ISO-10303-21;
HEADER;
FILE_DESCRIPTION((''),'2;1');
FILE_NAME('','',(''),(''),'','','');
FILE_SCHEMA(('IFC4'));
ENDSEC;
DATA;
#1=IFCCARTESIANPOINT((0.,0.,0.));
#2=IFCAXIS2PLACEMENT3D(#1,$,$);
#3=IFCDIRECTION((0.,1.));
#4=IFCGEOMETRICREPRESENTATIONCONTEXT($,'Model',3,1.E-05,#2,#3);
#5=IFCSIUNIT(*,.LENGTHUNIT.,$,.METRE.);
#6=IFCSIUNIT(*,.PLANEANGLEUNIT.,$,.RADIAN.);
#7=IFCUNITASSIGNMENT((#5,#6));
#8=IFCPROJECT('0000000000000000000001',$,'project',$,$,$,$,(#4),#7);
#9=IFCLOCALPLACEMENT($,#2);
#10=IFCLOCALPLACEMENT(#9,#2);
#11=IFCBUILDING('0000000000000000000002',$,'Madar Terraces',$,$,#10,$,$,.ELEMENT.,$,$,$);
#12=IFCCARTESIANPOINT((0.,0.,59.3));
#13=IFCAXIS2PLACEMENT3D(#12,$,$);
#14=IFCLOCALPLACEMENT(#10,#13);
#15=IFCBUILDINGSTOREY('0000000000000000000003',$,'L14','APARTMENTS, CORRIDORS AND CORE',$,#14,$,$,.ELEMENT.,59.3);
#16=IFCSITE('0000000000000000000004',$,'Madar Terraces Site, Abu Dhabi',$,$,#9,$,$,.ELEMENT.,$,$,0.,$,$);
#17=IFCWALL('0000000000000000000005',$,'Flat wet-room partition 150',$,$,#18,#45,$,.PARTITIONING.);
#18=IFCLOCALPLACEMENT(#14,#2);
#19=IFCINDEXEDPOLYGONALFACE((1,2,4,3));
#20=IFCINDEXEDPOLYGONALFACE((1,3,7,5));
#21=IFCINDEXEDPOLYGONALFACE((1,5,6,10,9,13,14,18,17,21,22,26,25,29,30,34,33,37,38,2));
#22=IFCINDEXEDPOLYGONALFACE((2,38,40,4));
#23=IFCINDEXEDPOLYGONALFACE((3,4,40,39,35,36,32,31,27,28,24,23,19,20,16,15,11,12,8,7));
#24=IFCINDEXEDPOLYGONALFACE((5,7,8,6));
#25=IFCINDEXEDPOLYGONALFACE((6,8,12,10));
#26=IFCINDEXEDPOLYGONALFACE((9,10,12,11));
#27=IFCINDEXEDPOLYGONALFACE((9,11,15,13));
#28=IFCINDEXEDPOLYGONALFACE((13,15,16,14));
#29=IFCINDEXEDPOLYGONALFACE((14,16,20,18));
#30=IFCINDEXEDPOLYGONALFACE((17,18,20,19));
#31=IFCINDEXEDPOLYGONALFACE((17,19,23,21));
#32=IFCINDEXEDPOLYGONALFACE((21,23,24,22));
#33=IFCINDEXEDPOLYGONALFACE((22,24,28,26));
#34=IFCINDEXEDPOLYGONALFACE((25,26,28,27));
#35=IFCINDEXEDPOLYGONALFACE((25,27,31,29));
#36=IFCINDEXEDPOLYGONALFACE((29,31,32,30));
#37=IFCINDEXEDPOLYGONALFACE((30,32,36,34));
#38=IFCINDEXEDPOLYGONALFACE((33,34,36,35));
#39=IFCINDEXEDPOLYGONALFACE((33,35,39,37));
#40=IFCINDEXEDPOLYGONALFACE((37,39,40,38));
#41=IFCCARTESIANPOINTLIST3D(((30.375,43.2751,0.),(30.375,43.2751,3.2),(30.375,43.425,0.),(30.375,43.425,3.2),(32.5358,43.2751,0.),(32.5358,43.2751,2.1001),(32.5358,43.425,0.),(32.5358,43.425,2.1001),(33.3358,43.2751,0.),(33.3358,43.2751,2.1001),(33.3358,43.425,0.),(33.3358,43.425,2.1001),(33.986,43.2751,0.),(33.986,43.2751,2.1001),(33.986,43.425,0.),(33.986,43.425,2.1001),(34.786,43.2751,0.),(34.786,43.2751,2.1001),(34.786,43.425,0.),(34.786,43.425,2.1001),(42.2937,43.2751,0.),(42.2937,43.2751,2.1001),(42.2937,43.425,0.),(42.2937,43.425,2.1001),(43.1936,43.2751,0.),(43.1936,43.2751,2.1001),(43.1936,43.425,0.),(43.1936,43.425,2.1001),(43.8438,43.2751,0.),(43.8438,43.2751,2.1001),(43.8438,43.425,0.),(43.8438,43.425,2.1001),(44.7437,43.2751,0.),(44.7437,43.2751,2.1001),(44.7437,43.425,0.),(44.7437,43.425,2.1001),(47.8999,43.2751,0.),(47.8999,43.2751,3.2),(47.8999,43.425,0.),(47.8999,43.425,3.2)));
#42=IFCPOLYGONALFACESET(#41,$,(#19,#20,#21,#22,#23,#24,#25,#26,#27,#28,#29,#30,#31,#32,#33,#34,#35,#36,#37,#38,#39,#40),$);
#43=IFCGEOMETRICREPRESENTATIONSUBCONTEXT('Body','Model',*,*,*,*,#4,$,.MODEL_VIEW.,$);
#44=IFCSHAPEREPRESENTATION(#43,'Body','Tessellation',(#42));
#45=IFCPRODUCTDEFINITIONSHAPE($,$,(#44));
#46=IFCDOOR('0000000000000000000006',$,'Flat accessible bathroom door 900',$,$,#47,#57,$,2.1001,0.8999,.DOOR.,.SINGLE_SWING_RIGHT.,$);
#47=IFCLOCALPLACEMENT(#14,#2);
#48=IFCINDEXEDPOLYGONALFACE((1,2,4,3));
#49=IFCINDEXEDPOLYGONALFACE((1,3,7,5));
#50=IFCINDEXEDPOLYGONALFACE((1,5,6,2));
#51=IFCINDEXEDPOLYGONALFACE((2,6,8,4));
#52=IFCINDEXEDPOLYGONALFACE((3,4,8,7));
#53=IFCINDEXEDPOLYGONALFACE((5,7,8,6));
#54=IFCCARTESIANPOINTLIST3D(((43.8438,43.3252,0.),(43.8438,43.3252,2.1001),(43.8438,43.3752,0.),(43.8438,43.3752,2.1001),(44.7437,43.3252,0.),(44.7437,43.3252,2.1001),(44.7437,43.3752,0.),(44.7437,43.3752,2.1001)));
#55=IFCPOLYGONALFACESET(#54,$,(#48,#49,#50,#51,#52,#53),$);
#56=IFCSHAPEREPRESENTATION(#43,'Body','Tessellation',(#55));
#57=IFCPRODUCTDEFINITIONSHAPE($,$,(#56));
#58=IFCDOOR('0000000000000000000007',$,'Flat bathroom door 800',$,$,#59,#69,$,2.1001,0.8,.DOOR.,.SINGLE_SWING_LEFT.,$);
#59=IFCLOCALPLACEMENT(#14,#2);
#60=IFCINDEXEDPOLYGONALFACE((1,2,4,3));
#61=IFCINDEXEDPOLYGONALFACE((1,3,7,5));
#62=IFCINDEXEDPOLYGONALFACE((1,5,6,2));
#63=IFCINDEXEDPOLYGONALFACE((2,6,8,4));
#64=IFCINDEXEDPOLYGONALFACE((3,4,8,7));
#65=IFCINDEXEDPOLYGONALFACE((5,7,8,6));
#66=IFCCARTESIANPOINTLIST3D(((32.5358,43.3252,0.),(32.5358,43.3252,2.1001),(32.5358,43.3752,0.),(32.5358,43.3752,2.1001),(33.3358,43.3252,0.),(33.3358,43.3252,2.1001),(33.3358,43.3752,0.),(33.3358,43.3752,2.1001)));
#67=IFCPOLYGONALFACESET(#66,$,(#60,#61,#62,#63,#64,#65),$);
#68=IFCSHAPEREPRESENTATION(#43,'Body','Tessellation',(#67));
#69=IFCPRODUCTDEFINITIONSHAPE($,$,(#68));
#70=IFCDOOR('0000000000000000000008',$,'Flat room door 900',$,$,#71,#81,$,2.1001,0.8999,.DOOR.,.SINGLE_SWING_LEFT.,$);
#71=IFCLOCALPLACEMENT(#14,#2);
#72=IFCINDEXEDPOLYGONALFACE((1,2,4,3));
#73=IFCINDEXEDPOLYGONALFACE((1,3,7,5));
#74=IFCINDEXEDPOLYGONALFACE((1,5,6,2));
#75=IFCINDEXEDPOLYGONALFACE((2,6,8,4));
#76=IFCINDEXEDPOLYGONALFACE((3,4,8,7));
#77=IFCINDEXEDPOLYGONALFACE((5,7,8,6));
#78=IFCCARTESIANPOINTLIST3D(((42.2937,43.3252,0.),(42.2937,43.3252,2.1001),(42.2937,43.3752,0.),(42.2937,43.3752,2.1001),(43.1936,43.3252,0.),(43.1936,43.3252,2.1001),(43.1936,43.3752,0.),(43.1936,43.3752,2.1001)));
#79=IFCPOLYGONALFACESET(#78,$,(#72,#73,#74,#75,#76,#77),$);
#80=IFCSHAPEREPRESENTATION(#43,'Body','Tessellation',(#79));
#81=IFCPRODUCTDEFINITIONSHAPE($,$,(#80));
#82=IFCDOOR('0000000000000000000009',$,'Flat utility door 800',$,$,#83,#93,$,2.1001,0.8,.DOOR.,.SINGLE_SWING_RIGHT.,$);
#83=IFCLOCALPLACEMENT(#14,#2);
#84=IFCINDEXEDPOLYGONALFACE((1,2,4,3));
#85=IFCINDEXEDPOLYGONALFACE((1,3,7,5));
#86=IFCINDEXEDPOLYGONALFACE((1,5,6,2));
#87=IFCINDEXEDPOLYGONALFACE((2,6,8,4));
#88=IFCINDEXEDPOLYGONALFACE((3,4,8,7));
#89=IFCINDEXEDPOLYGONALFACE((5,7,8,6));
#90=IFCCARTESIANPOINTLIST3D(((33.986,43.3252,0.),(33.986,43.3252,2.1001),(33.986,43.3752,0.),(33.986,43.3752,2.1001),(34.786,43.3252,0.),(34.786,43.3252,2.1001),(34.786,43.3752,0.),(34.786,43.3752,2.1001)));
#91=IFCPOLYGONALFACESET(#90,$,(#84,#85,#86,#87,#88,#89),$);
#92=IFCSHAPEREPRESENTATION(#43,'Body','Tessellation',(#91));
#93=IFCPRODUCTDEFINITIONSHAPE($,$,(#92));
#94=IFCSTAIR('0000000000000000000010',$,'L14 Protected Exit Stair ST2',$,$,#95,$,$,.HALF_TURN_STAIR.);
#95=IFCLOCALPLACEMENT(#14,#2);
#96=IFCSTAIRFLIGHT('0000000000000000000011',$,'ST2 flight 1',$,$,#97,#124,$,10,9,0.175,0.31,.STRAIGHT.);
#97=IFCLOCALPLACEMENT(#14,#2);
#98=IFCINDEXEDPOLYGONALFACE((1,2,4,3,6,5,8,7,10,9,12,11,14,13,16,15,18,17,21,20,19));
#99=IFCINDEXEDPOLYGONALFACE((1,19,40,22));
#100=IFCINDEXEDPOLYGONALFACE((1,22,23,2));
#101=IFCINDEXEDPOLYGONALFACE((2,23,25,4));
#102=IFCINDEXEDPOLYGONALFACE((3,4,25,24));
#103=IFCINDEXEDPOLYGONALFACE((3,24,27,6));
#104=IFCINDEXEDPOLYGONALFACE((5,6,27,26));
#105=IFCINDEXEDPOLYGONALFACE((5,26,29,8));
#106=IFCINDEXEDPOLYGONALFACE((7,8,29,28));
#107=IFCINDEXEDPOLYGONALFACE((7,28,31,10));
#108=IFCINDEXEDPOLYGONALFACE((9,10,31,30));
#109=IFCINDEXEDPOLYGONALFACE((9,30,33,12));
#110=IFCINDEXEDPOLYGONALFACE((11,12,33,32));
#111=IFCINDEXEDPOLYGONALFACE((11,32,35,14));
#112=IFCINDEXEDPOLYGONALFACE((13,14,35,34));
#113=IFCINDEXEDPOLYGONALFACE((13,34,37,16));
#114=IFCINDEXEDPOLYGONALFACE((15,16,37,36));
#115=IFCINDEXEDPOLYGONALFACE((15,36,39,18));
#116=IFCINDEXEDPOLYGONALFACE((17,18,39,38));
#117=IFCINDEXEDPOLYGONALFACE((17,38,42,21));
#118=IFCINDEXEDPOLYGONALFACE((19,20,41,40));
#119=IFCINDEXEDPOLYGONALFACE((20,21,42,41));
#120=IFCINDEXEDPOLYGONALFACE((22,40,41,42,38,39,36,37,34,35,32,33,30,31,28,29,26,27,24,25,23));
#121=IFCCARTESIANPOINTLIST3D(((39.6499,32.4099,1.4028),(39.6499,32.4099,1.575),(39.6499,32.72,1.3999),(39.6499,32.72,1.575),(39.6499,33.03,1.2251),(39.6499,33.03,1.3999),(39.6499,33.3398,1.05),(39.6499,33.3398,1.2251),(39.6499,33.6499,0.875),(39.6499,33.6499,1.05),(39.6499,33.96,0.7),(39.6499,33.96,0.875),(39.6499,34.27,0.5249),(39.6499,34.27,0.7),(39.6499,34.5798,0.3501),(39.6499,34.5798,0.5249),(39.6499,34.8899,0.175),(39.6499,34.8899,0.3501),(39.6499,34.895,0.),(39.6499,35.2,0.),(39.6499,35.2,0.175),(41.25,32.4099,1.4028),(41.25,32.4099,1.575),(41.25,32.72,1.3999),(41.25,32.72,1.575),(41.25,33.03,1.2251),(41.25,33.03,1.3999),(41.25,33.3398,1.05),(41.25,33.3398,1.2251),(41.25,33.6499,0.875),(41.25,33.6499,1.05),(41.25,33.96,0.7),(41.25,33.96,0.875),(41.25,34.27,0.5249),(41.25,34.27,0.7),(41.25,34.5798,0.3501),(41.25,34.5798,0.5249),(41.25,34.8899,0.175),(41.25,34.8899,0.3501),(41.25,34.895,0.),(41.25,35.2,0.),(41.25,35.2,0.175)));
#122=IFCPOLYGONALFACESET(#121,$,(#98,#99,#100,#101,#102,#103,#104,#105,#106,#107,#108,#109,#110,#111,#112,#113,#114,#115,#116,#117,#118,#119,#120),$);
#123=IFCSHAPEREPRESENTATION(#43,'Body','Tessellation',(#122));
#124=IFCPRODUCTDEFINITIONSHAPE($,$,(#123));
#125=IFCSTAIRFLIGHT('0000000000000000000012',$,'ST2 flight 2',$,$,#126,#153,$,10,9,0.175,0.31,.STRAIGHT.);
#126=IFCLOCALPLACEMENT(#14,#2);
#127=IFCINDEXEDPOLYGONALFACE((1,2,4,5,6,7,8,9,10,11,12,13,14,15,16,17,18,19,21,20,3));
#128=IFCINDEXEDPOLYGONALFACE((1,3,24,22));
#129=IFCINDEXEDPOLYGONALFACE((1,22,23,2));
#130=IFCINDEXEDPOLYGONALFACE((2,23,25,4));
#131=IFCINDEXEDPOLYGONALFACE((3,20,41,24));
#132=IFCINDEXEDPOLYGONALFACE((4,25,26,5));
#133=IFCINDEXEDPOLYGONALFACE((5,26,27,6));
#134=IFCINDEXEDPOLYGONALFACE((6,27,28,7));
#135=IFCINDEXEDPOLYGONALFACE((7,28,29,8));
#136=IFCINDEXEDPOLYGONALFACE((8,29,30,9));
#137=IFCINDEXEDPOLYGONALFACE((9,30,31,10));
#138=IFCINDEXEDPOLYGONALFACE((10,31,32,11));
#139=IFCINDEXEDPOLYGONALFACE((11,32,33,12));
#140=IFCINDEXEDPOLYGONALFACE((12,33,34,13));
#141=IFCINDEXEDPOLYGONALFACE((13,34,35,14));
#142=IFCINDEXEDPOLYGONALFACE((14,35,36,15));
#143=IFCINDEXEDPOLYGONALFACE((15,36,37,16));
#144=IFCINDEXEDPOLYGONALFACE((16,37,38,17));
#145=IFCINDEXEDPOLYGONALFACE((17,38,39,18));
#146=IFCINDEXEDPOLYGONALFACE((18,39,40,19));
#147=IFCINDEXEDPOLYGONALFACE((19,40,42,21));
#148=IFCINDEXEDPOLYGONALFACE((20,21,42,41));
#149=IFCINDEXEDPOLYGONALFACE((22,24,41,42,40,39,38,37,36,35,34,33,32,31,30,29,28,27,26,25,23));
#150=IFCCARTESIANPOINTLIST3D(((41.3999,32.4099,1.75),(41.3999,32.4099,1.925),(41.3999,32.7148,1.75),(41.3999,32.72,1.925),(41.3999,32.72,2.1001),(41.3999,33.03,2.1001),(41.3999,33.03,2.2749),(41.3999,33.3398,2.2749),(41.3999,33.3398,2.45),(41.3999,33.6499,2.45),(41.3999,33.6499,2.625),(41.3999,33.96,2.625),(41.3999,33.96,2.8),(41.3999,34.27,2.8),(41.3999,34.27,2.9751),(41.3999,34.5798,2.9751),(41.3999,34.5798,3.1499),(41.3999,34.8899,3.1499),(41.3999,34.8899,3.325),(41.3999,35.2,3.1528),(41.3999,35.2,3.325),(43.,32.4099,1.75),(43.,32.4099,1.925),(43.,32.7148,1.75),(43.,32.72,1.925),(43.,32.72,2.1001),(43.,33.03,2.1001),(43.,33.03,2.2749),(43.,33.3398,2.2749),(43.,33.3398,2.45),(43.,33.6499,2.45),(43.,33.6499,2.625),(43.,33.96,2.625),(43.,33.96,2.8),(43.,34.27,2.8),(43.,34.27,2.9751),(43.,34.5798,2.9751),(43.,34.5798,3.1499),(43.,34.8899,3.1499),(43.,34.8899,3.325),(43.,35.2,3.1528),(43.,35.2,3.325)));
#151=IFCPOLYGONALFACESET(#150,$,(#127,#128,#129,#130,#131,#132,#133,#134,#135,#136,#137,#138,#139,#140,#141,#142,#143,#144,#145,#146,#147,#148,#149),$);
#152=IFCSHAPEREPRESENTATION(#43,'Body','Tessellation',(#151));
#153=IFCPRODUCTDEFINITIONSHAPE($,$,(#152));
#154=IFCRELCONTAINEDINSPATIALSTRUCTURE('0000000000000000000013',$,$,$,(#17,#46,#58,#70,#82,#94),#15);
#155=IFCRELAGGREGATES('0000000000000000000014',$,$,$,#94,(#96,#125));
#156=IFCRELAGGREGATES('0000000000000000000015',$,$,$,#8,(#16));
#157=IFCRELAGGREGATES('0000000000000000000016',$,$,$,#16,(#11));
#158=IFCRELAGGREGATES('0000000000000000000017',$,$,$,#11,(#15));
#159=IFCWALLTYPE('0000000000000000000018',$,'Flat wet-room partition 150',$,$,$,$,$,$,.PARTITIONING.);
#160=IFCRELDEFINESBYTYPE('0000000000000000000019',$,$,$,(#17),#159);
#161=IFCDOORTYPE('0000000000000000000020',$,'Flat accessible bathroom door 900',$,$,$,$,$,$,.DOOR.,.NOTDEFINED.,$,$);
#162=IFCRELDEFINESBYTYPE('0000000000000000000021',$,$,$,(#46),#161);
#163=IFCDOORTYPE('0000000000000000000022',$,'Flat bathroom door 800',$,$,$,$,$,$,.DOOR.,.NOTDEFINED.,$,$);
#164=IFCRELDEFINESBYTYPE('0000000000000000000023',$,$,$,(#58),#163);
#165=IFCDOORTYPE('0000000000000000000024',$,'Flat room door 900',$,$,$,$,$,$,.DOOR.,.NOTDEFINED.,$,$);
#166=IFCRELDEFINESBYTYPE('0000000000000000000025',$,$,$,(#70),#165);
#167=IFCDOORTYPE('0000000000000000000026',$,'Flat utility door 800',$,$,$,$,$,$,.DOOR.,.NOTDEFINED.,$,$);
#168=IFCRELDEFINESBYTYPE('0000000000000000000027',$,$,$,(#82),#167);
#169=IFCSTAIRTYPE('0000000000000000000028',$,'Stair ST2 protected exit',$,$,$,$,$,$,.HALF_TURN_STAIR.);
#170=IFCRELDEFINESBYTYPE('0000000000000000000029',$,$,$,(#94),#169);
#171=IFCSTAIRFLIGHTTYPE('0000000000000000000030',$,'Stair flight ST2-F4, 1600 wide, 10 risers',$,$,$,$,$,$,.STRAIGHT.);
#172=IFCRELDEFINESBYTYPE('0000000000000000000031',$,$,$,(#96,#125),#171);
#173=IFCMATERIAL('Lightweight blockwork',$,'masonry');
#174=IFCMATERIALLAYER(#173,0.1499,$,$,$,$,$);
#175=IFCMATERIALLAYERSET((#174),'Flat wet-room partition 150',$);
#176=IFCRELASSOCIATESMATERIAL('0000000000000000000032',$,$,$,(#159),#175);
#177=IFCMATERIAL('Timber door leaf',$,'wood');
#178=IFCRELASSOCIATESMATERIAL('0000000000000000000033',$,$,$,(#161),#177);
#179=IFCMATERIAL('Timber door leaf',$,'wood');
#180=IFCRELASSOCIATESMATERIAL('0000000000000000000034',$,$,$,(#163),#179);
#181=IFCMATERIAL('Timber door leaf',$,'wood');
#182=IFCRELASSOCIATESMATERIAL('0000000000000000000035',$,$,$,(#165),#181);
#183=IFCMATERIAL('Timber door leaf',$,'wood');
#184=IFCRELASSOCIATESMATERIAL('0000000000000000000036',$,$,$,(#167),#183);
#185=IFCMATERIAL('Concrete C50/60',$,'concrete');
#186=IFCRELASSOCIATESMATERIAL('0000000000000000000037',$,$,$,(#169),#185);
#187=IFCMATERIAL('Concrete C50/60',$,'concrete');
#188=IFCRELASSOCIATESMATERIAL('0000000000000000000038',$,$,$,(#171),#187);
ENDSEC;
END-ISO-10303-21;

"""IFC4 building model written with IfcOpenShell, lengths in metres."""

from ifc_helpers import new_model, si_unit, direction, frame, frame_2d, origin, place, context, subcontext, project, spatial, polyline, rectangle, outline, extrude, material, layer, layer_set, type_object, element, fill, aggregate, save


model = new_model("IFC4")

# Units and contexts
model_context = context("Model", 3, precision=1e-05, world=origin(), true_north=direction((0.0, 1.0)))
body_context = subcontext(model_context, "Body", "Model", "MODEL_VIEW")
ifc_project = project(units=[si_unit("LENGTHUNIT", "METRE"), si_unit("PLANEANGLEUNIT", "RADIAN")], contexts=[model_context])

# Site, building, storey
site_placement = place(None, origin())
site = spatial("IfcSite", under=ifc_project, at=site_placement, Name="Madar Terraces Site, Abu Dhabi", CompositionType="ELEMENT", RefElevation=0.0)
building_placement = place(site_placement, origin())
building = spatial("IfcBuilding", under=site, at=building_placement, Name="Madar Terraces", CompositionType="ELEMENT")
storey_placement = place(building_placement, frame((0.0, 0.0, 59.3)))
storey = spatial("IfcBuildingStorey", under=building, at=storey_placement, Name="L14", Description="APARTMENTS, CORRIDORS AND CORE", CompositionType="ELEMENT", Elevation=59.3)

# Shared definitions
ifc_material_1 = material(Name="Lightweight blockwork", Category="masonry")
ifc_layer_1 = layer(ifc_material_1, 0.1499)
ifc_layer_set_1 = layer_set([ifc_layer_1], Name="Flat wet-room partition 150")
wall_type_1 = type_object("IfcWallType", Name="Flat wet-room partition 150", PredefinedType="PARTITIONING", material=ifc_layer_set_1)

# Wall, openings, doors
wall_1_placement = place(storey_placement, frame((47.8999, 43.3501, 0.0), z_axis=(0.0, 0.0, 1.0), x_axis=(-1.0, 0.0, 0.0)))
wall_1 = element("IfcWall", 1, at=wall_1_placement, inside=storey, type_object=wall_type_1, Name="Flat wet-room partition 150", PredefinedType="PARTITIONING", context=body_context, shape_type="SweptSolid", body=[
    extrude(rectangle(XDim=17.5249, YDim=0.1499, at=frame_2d((8.7625, 0.0))), origin(), (0.0, 0.0, 1.0), 3.2),
])
opening_1_placement = place(wall_1_placement, frame((14.5642, 0.0, 0.0)))
opening_1 = element("IfcOpeningElement", 2, at=opening_1_placement, cuts=wall_1, PredefinedType="OPENING", context=body_context, shape_type="SweptSolid", body=[
    extrude(rectangle(XDim=0.8, YDim=2.1001, at=frame_2d((0.3999, 1.05))), frame((0.0, 0.085, 0.0), z_axis=(0.0, -1.0, 0.0), x_axis=(1.0, 0.0, 0.0)), (0.0, 0.0, 1.0), 0.1699),
])
opening_2_placement = place(wall_1_placement, frame((13.114, 0.0, 0.0)))
opening_2 = element("IfcOpeningElement", 3, at=opening_2_placement, cuts=wall_1, PredefinedType="OPENING", context=body_context, shape_type="SweptSolid", body=[
    extrude(rectangle(XDim=0.8, YDim=2.1001, at=frame_2d((0.3999, 1.05))), frame((0.0, 0.085, 0.0), z_axis=(0.0, -1.0, 0.0), x_axis=(1.0, 0.0, 0.0)), (0.0, 0.0, 1.0), 0.1699),
])
opening_3_placement = place(wall_1_placement, frame((4.7063, 0.0, 0.0)))
opening_3 = element("IfcOpeningElement", 4, at=opening_3_placement, cuts=wall_1, PredefinedType="OPENING", context=body_context, shape_type="SweptSolid", body=[
    extrude(rectangle(XDim=0.8999, YDim=2.1001, at=frame_2d((0.45, 1.05))), frame((0.0, 0.085, 0.0), z_axis=(0.0, -1.0, 0.0), x_axis=(1.0, 0.0, 0.0)), (0.0, 0.0, 1.0), 0.1699),
])
opening_4_placement = place(wall_1_placement, frame((3.1562, 0.0, 0.0)))
opening_4 = element("IfcOpeningElement", 5, at=opening_4_placement, cuts=wall_1, PredefinedType="OPENING", context=body_context, shape_type="SweptSolid", body=[
    extrude(rectangle(XDim=0.8999, YDim=2.1001, at=frame_2d((0.45, 1.05))), frame((0.0, 0.085, 0.0), z_axis=(0.0, -1.0, 0.0), x_axis=(1.0, 0.0, 0.0)), (0.0, 0.0, 1.0), 0.1699),
])
ifc_material_2 = material(Name="Timber door leaf", Category="wood")
door_type_1 = type_object("IfcDoorType", Name="Flat accessible bathroom door 900", OperationType="NOTDEFINED", PredefinedType="DOOR", material=ifc_material_2)
door_1_placement = place(opening_4_placement, origin())
door_1 = element("IfcDoor", 6, at=door_1_placement, inside=storey, type_object=door_type_1, Name="Flat accessible bathroom door 900", OperationType="SINGLE_SWING_RIGHT", OverallHeight=2.1001, OverallWidth=0.8999, PredefinedType="DOOR", context=body_context, shape_type="SweptSolid", body=[
    extrude(rectangle(XDim=0.8999, YDim=2.1001, at=frame_2d((0.45, 1.05))), frame((0.0, 0.0249, 0.0), z_axis=(0.0, -1.0, 0.0), x_axis=(1.0, 0.0, 0.0)), (0.0, 0.0, 1.0), 0.05),
])
fill(opening_4, door_1)
ifc_material_3 = material(Name="Timber door leaf", Category="wood")
door_type_2 = type_object("IfcDoorType", Name="Flat bathroom door 800", OperationType="NOTDEFINED", PredefinedType="DOOR", material=ifc_material_3)
door_2_placement = place(opening_1_placement, origin())
door_2 = element("IfcDoor", 7, at=door_2_placement, inside=storey, type_object=door_type_2, Name="Flat bathroom door 800", OperationType="SINGLE_SWING_LEFT", OverallHeight=2.1001, OverallWidth=0.8, PredefinedType="DOOR", context=body_context, shape_type="SweptSolid", body=[
    extrude(rectangle(XDim=0.8, YDim=2.1001, at=frame_2d((0.3999, 1.05))), frame((0.0, 0.0249, 0.0), z_axis=(0.0, -1.0, 0.0), x_axis=(1.0, 0.0, 0.0)), (0.0, 0.0, 1.0), 0.05),
])
fill(opening_1, door_2)
ifc_material_4 = material(Name="Timber door leaf", Category="wood")
door_type_3 = type_object("IfcDoorType", Name="Flat room door 900", OperationType="NOTDEFINED", PredefinedType="DOOR", material=ifc_material_4)
door_3_placement = place(opening_3_placement, origin())
door_3 = element("IfcDoor", 8, at=door_3_placement, inside=storey, type_object=door_type_3, Name="Flat room door 900", OperationType="SINGLE_SWING_LEFT", OverallHeight=2.1001, OverallWidth=0.8999, PredefinedType="DOOR", context=body_context, shape_type="SweptSolid", body=[
    extrude(rectangle(XDim=0.8999, YDim=2.1001, at=frame_2d((0.45, 1.05))), frame((0.0, 0.0249, 0.0), z_axis=(0.0, -1.0, 0.0), x_axis=(1.0, 0.0, 0.0)), (0.0, 0.0, 1.0), 0.05),
])
fill(opening_3, door_3)
ifc_material_5 = material(Name="Timber door leaf", Category="wood")
door_type_4 = type_object("IfcDoorType", Name="Flat utility door 800", OperationType="NOTDEFINED", PredefinedType="DOOR", material=ifc_material_5)
door_4_placement = place(opening_2_placement, origin())
door_4 = element("IfcDoor", 9, at=door_4_placement, inside=storey, type_object=door_type_4, Name="Flat utility door 800", OperationType="SINGLE_SWING_RIGHT", OverallHeight=2.1001, OverallWidth=0.8, PredefinedType="DOOR", context=body_context, shape_type="SweptSolid", body=[
    extrude(rectangle(XDim=0.8, YDim=2.1001, at=frame_2d((0.3999, 1.05))), frame((0.0, 0.0249, 0.0), z_axis=(0.0, -1.0, 0.0), x_axis=(1.0, 0.0, 0.0)), (0.0, 0.0, 1.0), 0.05),
])
fill(opening_2, door_4)

# Stair, stair flights
ifc_material_6 = material(Name="Concrete C50/60", Category="concrete")
stair_type = type_object("IfcStairType", Name="Stair ST2 protected exit", PredefinedType="HALF_TURN_STAIR", material=ifc_material_6)
stair_placement = place(storey_placement, origin())
stair = element("IfcStair", 10, at=stair_placement, inside=storey, type_object=stair_type, Name="L14 Protected Exit Stair ST2", PredefinedType="HALF_TURN_STAIR")
ifc_material_7 = material(Name="Concrete C50/60", Category="concrete")
stair_flight_type = type_object("IfcStairFlightType", Name="Stair flight ST2-F4, 1600 wide, 10 risers", PredefinedType="STRAIGHT", material=ifc_material_7)
stair_flight_1_placement = place(storey_placement, frame((40.45, 35.2, 0.0), z_axis=(0.0, 0.0, 1.0), x_axis=(0.0, -1.0, 0.0)))
stair_flight_1 = element("IfcStairFlight", 11, at=stair_flight_1_placement, type_object=stair_flight_type, Name="ST2 flight 1", NumberOfRisers=10, NumberOfTreads=9, PredefinedType="STRAIGHT", RiserHeight=0.175, TreadLength=0.31, context=body_context, shape_type="SweptSolid", body=[
    extrude(outline(polyline([(0.0, 0.0), (0.0, 0.175), (0.3101, 0.175), (0.3101, 0.3501), (0.6201, 0.3501), (0.6201, 0.5249), (0.9299, 0.5249), (0.9299, 0.7), (1.24, 0.7), (1.24, 0.875), (1.55, 0.875), (1.55, 1.05), (1.8601, 1.05), (1.8601, 1.2251), (2.1699, 1.2251), (2.1699, 1.3999), (2.48, 1.3999), (2.48, 1.575), (2.79, 1.575), (2.79, 1.75), (2.79, 1.4028), (0.3049, 0.0), (0.0, 0.0)])), frame((0.0, 0.8, 0.0), z_axis=(0.0, -1.0, 0.0), x_axis=(1.0, 0.0, 0.0)), (0.0, 0.0, 1.0), 1.6001),
])
stair_flight_2_placement = place(storey_placement, frame((42.2, 32.4099, 1.75), z_axis=(0.0, 0.0, 1.0), x_axis=(0.0, 1.0, 0.0)))
stair_flight_2 = element("IfcStairFlight", 12, at=stair_flight_2_placement, type_object=stair_flight_type, Name="ST2 flight 2", NumberOfRisers=10, NumberOfTreads=9, PredefinedType="STRAIGHT", RiserHeight=0.175, TreadLength=0.31, context=body_context, shape_type="SweptSolid", body=[
    extrude(outline(polyline([(0.0, 0.0), (0.0, 0.175), (0.3101, 0.175), (0.3101, 0.3501), (0.6201, 0.3501), (0.6201, 0.5249), (0.9299, 0.5249), (0.9299, 0.7), (1.24, 0.7), (1.24, 0.875), (1.55, 0.875), (1.55, 1.05), (1.8601, 1.05), (1.8601, 1.2251), (2.1699, 1.2251), (2.1699, 1.3999), (2.48, 1.3999), (2.48, 1.575), (2.79, 1.575), (2.79, 1.75), (2.79, 1.4028), (0.3049, 0.0), (0.0, 0.0)])), frame((0.0, 0.8, 0.0), z_axis=(0.0, -1.0, 0.0), x_axis=(1.0, 0.0, 0.0)), (0.0, 0.0, 1.0), 1.6001),
])
aggregate(stair, [stair_flight_1, stair_flight_2])

save(model, "model.ifc")
